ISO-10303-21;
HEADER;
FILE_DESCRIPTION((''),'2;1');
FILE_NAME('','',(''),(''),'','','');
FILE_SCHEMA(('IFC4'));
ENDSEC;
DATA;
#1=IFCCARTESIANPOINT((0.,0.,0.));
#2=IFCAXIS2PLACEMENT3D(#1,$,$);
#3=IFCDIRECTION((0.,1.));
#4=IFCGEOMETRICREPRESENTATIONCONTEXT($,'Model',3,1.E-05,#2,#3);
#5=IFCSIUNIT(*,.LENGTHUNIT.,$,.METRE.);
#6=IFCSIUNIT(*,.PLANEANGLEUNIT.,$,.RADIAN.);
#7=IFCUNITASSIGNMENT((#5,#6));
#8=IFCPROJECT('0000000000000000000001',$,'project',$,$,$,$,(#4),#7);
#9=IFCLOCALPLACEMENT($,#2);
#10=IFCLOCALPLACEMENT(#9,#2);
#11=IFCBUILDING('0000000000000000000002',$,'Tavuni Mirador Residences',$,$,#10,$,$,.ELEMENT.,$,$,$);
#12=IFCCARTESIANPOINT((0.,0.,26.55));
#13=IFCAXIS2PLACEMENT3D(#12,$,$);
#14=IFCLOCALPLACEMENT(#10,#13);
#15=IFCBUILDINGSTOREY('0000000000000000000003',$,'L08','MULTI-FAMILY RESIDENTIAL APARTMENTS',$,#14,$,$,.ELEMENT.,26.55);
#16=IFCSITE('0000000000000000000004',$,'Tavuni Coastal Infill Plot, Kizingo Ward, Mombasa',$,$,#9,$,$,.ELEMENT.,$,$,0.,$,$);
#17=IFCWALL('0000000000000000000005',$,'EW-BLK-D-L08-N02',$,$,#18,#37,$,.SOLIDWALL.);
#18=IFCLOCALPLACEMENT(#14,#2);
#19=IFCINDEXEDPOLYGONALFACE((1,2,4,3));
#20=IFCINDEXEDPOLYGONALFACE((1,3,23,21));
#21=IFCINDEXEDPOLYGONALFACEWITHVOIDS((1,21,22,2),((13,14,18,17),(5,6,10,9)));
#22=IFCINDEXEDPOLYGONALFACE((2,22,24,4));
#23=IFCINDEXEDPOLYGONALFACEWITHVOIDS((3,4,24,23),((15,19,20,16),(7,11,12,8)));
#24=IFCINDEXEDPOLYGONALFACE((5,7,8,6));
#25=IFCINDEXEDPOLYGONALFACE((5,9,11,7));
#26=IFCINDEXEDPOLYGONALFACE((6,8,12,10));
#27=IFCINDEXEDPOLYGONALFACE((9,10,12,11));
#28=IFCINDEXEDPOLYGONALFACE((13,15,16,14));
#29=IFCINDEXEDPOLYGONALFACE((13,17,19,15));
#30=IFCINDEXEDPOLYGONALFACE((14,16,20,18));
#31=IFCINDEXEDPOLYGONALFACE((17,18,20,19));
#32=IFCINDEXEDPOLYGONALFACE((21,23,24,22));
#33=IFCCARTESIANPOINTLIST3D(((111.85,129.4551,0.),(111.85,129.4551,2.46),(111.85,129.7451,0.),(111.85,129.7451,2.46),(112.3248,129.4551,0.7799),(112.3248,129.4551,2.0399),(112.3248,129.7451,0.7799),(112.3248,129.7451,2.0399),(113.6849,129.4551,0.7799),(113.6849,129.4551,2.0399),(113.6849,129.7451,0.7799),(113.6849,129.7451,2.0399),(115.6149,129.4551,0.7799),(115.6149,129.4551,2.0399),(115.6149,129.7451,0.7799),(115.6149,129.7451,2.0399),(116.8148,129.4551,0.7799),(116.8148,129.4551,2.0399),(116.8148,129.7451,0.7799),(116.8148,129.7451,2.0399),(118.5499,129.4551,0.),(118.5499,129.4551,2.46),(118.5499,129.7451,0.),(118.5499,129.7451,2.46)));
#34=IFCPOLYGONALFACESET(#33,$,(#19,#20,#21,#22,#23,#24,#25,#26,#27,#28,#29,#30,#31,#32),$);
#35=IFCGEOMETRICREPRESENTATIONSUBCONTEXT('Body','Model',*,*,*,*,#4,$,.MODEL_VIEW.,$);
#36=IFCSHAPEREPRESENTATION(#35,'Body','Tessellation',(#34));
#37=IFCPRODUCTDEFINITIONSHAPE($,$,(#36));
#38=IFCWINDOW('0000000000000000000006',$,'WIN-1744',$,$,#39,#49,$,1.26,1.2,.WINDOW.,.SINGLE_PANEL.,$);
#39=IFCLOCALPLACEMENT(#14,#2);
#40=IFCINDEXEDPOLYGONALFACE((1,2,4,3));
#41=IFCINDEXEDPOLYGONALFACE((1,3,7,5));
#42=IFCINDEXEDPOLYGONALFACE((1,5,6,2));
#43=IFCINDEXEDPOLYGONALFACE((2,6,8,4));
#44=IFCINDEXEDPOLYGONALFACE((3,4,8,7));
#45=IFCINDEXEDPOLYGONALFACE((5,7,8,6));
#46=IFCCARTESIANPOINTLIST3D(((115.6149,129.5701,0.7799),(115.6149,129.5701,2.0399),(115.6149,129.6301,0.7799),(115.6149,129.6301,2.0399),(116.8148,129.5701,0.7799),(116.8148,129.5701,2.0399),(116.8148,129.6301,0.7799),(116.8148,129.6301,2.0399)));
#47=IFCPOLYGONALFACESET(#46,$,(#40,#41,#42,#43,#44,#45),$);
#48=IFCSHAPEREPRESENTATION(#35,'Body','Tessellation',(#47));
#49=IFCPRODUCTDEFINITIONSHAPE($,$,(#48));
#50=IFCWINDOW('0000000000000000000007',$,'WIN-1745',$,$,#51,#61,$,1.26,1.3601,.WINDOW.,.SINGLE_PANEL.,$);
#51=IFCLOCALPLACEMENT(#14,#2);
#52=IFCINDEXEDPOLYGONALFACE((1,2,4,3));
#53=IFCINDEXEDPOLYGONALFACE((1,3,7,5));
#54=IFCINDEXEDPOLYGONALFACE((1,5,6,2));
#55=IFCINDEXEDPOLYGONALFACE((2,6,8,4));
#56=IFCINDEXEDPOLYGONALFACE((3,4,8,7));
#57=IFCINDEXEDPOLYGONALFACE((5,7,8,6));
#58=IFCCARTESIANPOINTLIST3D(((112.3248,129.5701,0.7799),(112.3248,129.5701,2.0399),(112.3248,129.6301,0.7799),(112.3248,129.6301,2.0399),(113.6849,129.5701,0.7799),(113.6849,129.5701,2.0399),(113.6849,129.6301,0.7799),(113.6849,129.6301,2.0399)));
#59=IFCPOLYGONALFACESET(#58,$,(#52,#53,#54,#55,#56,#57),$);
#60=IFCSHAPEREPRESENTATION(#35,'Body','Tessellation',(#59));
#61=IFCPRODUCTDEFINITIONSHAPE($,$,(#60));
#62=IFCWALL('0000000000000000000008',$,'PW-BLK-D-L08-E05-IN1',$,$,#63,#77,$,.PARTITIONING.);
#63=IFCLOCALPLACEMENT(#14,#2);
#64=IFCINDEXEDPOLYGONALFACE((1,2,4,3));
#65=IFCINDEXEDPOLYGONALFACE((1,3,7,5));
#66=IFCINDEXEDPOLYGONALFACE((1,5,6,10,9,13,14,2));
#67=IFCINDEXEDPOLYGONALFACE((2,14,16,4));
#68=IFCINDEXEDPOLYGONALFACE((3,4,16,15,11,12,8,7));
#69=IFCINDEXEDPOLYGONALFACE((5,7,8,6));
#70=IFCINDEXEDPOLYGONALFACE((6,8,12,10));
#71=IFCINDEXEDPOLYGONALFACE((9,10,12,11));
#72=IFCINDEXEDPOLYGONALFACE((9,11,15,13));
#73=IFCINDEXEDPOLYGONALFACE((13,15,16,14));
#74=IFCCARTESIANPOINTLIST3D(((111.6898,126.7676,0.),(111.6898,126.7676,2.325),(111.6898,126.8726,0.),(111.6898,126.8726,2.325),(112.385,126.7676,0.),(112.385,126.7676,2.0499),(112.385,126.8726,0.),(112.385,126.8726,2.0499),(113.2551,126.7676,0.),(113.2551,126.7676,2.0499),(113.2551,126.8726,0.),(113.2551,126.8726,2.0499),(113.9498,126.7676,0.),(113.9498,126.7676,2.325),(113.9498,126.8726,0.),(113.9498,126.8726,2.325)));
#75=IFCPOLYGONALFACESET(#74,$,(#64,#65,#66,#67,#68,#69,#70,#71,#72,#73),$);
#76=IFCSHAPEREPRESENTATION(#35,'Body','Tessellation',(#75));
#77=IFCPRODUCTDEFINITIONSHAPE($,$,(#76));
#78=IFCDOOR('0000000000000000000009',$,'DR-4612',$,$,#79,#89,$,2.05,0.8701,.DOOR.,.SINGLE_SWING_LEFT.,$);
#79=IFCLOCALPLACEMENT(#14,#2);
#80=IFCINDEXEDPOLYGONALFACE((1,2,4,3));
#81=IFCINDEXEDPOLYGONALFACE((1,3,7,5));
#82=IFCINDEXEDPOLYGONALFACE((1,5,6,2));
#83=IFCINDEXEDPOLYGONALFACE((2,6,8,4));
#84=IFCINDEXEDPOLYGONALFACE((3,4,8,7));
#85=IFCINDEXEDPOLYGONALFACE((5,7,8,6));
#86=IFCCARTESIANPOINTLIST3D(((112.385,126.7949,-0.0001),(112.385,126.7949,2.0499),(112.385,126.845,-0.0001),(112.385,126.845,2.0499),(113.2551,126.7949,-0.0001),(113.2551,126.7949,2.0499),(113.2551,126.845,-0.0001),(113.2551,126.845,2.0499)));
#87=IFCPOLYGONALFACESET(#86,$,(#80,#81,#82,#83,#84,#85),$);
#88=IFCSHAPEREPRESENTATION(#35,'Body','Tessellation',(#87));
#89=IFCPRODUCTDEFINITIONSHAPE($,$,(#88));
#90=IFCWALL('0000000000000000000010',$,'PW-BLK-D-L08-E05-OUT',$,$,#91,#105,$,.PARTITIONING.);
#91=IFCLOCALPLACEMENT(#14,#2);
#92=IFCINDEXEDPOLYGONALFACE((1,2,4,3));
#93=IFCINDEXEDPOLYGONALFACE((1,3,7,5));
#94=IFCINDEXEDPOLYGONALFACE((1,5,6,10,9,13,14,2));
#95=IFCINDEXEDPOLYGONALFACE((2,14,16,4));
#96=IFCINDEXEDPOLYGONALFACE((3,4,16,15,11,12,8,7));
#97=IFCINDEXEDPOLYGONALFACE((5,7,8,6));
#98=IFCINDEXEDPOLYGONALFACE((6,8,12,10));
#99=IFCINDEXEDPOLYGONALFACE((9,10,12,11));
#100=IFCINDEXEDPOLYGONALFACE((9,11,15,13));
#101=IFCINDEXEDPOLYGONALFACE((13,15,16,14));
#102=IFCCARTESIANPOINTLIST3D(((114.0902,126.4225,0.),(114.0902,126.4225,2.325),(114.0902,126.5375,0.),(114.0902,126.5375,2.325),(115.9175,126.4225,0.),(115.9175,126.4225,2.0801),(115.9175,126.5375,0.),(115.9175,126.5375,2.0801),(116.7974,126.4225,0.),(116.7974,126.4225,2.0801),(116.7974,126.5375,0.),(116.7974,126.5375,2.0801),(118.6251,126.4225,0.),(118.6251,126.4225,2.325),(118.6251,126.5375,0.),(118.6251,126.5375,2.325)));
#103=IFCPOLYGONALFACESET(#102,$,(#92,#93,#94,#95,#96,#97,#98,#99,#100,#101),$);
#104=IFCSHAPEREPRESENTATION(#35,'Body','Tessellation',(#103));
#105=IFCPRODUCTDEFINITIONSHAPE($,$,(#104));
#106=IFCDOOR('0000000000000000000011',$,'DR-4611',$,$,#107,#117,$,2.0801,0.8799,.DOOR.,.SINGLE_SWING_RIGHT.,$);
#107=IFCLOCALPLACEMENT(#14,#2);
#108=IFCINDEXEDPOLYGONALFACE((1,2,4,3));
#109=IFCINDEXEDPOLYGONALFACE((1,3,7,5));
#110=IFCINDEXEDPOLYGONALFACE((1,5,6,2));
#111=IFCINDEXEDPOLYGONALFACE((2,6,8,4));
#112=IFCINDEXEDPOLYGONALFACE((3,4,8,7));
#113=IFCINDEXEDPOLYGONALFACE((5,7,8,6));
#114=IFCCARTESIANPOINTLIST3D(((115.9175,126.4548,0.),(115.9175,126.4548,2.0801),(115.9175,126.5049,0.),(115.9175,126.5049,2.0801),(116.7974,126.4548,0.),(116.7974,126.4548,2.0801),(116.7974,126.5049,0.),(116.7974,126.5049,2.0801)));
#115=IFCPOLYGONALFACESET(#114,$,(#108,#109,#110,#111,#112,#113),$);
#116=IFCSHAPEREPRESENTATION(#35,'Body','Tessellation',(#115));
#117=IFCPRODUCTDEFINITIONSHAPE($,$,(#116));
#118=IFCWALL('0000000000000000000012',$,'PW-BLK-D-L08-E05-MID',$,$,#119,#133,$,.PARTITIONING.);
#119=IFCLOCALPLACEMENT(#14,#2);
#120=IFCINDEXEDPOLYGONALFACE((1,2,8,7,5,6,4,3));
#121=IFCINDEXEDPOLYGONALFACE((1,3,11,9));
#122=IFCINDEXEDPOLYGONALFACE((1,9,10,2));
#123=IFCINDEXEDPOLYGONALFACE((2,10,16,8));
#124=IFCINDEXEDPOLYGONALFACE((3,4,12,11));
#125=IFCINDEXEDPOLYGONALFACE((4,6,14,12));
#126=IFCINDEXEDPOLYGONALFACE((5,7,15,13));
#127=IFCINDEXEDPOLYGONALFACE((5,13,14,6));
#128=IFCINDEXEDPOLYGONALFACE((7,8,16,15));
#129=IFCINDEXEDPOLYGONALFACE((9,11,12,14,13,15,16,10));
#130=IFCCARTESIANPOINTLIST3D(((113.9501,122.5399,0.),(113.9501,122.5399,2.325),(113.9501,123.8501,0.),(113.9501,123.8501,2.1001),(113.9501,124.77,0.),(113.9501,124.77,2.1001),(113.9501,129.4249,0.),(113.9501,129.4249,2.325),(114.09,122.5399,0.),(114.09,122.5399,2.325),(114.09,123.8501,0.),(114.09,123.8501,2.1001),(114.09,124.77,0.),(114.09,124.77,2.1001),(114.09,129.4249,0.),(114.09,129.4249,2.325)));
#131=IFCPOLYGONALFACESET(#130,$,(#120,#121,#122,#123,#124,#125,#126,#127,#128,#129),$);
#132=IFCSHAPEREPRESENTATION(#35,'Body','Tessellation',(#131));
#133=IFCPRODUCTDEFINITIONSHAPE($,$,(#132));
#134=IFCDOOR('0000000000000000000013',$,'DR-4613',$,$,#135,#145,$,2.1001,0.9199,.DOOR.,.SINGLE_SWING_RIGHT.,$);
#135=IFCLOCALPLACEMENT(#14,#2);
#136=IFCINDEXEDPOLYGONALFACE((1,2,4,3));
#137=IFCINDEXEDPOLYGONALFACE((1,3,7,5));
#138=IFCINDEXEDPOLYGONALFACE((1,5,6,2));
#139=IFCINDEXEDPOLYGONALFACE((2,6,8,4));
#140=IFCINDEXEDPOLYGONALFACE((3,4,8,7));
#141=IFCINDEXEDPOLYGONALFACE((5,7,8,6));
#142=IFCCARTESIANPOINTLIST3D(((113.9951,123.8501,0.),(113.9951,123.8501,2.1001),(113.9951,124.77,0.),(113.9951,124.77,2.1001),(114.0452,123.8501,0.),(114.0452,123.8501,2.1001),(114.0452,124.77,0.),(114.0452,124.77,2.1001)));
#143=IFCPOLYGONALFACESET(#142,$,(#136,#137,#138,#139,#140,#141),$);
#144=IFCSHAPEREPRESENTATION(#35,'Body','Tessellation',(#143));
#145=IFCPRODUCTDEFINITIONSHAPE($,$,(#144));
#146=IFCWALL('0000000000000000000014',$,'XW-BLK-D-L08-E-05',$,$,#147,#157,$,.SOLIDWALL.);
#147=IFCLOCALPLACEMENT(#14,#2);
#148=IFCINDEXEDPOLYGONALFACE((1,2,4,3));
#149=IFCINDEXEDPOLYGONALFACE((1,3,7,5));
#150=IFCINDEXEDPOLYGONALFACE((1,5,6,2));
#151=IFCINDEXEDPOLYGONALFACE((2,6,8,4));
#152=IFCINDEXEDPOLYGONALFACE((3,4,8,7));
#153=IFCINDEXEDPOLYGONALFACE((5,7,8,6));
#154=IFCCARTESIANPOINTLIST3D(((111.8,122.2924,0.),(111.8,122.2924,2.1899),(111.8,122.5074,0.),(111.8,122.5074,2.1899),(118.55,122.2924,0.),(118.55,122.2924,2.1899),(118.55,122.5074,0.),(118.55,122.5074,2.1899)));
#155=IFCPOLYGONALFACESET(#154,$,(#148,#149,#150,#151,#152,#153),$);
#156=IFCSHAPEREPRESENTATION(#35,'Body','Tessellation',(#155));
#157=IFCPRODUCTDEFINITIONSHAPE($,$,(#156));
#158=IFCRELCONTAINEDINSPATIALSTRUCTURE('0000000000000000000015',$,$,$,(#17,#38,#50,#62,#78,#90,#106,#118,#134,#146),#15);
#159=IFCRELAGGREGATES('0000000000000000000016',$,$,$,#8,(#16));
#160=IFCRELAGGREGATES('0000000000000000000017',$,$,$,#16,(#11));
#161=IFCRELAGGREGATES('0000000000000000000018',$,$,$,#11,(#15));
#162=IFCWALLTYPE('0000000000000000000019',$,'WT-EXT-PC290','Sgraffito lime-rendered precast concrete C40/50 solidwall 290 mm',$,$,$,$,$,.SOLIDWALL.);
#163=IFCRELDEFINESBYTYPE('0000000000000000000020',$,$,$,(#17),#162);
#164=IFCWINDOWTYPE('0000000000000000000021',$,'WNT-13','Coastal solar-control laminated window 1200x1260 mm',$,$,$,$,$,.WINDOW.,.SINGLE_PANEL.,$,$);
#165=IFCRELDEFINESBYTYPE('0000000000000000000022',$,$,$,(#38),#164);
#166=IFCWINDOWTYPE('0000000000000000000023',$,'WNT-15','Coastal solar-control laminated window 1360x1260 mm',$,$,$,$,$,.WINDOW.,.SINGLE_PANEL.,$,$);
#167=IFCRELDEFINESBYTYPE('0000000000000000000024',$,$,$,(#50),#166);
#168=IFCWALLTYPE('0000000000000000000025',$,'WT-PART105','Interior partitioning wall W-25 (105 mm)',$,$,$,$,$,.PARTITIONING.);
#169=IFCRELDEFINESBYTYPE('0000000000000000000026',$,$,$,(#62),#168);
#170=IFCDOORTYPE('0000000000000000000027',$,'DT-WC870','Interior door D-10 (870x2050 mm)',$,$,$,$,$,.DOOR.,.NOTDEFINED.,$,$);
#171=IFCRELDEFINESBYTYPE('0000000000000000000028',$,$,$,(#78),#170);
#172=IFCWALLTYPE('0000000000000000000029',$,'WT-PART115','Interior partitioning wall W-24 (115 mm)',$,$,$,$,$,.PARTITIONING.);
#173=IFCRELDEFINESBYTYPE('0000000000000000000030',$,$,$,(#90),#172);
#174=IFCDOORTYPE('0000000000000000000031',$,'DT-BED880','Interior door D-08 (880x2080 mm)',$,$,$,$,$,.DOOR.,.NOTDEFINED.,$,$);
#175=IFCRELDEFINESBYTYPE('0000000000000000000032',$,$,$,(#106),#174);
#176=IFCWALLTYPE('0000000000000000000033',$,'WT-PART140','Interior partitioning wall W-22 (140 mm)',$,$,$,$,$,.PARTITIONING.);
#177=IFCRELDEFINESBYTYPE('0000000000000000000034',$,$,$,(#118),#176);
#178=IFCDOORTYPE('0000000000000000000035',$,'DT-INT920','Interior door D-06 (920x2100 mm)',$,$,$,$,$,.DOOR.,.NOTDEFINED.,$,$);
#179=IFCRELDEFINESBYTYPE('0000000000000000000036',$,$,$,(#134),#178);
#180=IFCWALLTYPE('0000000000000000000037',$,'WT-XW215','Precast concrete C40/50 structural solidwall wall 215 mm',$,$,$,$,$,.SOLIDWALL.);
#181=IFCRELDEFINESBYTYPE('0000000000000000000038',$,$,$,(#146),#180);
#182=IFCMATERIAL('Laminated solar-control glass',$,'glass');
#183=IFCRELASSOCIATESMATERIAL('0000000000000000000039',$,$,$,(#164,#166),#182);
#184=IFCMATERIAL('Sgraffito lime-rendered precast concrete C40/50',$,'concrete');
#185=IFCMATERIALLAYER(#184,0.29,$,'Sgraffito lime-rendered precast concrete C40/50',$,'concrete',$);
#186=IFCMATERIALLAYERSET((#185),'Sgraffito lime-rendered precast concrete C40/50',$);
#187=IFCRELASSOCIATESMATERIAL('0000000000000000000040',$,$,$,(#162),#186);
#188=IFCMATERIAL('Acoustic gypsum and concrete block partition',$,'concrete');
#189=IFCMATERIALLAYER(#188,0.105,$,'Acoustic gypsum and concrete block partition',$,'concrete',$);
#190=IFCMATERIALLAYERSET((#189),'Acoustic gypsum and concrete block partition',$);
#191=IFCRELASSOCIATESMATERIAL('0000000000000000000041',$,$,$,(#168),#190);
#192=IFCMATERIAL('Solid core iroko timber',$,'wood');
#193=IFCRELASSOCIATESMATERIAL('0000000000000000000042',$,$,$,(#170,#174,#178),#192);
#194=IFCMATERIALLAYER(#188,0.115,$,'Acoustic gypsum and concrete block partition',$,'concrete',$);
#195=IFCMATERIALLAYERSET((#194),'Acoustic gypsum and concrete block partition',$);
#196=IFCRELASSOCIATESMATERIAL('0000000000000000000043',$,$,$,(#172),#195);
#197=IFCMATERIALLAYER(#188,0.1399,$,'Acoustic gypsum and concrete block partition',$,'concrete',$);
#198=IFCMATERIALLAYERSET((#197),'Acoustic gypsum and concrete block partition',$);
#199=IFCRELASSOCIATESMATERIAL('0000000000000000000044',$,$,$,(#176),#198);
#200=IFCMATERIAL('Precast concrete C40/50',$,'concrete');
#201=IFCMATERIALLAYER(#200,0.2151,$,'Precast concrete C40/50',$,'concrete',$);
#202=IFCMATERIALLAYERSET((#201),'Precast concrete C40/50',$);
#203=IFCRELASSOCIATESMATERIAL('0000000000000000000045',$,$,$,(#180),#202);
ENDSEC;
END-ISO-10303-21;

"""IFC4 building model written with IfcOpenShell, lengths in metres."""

from ifc_helpers import new_model, si_unit, direction, frame, frame_2d, origin, place, context, subcontext, project, spatial, rectangle, extrude, material, layer, layer_set, type_object, element, fill, save


model = new_model("IFC4")

# Units and contexts
model_context = context("Model", 3, precision=1e-05, world=origin(), true_north=direction((0.0, 1.0)))
body_context = subcontext(model_context, "Body", "Model", "MODEL_VIEW")
ifc_project = project(units=[si_unit("LENGTHUNIT", "METRE"), si_unit("PLANEANGLEUNIT", "RADIAN")], contexts=[model_context])

# Site, building, storey
site_placement = place(None, origin())
site = spatial("IfcSite", under=ifc_project, at=site_placement, Name="Tavuni Coastal Infill Plot, Kizingo Ward, Mombasa", CompositionType="ELEMENT", RefElevation=0.0)
building_placement = place(site_placement, origin())
building = spatial("IfcBuilding", under=site, at=building_placement, Name="Tavuni Mirador Residences", CompositionType="ELEMENT")
storey_placement = place(building_placement, frame((0.0, 0.0, 26.55)))
storey = spatial("IfcBuildingStorey", under=building, at=storey_placement, Name="L08", Description="MULTI-FAMILY RESIDENTIAL APARTMENTS", CompositionType="ELEMENT", Elevation=26.55)

# Shared definitions
ifc_material_1 = material(Name="Precast concrete C40/50", Category="concrete")

# Shared definitions
ifc_material_2 = material(Name="Solid core iroko timber", Category="wood")

# Wall, openings, windows
ifc_material_3 = material(Name="Sgraffito lime-rendered precast concrete C40/50", Category="concrete")
ifc_material_4 = material(Name="Laminated solar-control glass", Category="glass")
window_type_1 = type_object("IfcWindowType", Name="WNT-13", Description="Coastal solar-control laminated window 1200x1260 mm", PartitioningType="SINGLE_PANEL", PredefinedType="WINDOW", material=ifc_material_4)
ifc_layer_1 = layer(ifc_material_3, 0.29, Name="Sgraffito lime-rendered precast concrete C40/50", Category="concrete")
ifc_layer_set_1 = layer_set([ifc_layer_1], Name="Sgraffito lime-rendered precast concrete C40/50")
wall_type_1 = type_object("IfcWallType", Name="WT-EXT-PC290", Description="Sgraffito lime-rendered precast concrete C40/50 solidwall 290 mm", PredefinedType="SOLIDWALL", material=ifc_layer_set_1)
wall_1_placement = place(storey_placement, frame((118.55, 129.6001, 0.0), z_axis=(0.0, 0.0, 1.0), x_axis=(-1.0, 0.0, 0.0)))
wall_1 = element("IfcWall", 1, at=wall_1_placement, inside=storey, type_object=wall_type_1, Name="EW-BLK-D-L08-N02", PredefinedType="SOLIDWALL", context=body_context, shape_type="SweptSolid", body=[
    extrude(rectangle(XDim=6.7, YDim=0.29, at=frame_2d((3.3501, 0.0))), origin(), (0.0, 0.0, 1.0), 2.46),
])
opening_1_placement = place(wall_1_placement, frame((1.7351, 0.0, 0.78)))
opening_1 = element("IfcOpeningElement", 2, at=opening_1_placement, cuts=wall_1, PredefinedType="OPENING", context=body_context, shape_type="SweptSolid", body=[
    extrude(rectangle(XDim=1.2, YDim=1.26, at=frame_2d((0.6001, 0.6299))), frame((0.0, 0.155, 0.0), z_axis=(0.0, -1.0, 0.0), x_axis=(1.0, 0.0, 0.0)), (0.0, 0.0, 1.0), 0.3101),
])
opening_2_placement = place(wall_1_placement, frame((4.865, 0.0, 0.78)))
opening_2 = element("IfcOpeningElement", 3, at=opening_2_placement, cuts=wall_1, PredefinedType="OPENING", context=body_context, shape_type="SweptSolid", body=[
    extrude(rectangle(XDim=1.3601, YDim=1.26, at=frame_2d((0.6802, 0.6299))), frame((0.0, 0.155, 0.0), z_axis=(0.0, -1.0, 0.0), x_axis=(1.0, 0.0, 0.0)), (0.0, 0.0, 1.0), 0.3101),
])
window_1_placement = place(opening_1_placement, origin())
window_1 = element("IfcWindow", 4, at=window_1_placement, inside=storey, type_object=window_type_1, Name="WIN-1744", OverallHeight=1.26, OverallWidth=1.2, PartitioningType="SINGLE_PANEL", PredefinedType="WINDOW", context=body_context, shape_type="SweptSolid", body=[
    extrude(rectangle(XDim=1.2, YDim=1.26, at=frame_2d((0.6001, 0.6299))), frame((0.0, 0.03, 0.0), z_axis=(0.0, -1.0, 0.0), x_axis=(1.0, 0.0, 0.0)), (0.0, 0.0, 1.0), 0.0601),
])
fill(opening_1, window_1)
window_type_2 = type_object("IfcWindowType", Name="WNT-15", Description="Coastal solar-control laminated window 1360x1260 mm", PartitioningType="SINGLE_PANEL", PredefinedType="WINDOW", material=ifc_material_4)
window_2_placement = place(opening_2_placement, origin())
window_2 = element("IfcWindow", 5, at=window_2_placement, inside=storey, type_object=window_type_2, Name="WIN-1745", OverallHeight=1.26, OverallWidth=1.3601, PartitioningType="SINGLE_PANEL", PredefinedType="WINDOW", context=body_context, shape_type="SweptSolid", body=[
    extrude(rectangle(XDim=1.3601, YDim=1.26, at=frame_2d((0.6802, 0.6299))), frame((0.0, 0.03, 0.0), z_axis=(0.0, -1.0, 0.0), x_axis=(1.0, 0.0, 0.0)), (0.0, 0.0, 1.0), 0.0601),
])
fill(opening_2, window_2)

# Walls, openings, doors
ifc_material_5 = material(Name="Acoustic gypsum and concrete block partition", Category="concrete")
ifc_layer_2 = layer(ifc_material_5, 0.105, Name="Acoustic gypsum and concrete block partition", Category="concrete")
ifc_layer_set_2 = layer_set([ifc_layer_2], Name="Acoustic gypsum and concrete block partition")
wall_type_2 = type_object("IfcWallType", Name="WT-PART105", Description="Interior partitioning wall W-25 (105 mm)", PredefinedType="PARTITIONING", material=ifc_layer_set_2)
wall_2_placement = place(storey_placement, frame((111.6899, 126.8201, 0.0), z_axis=(0.0, 0.0, 1.0), x_axis=(1.0, 0.0, 0.0)))
wall_2 = element("IfcWall", 6, at=wall_2_placement, inside=storey, type_object=wall_type_2, Name="PW-BLK-D-L08-E05-IN1", PredefinedType="PARTITIONING", context=body_context, shape_type="SweptSolid", body=[
    extrude(rectangle(XDim=2.26, YDim=0.105, at=frame_2d((1.1299, 0.0))), origin(), (0.0, 0.0, 1.0), 2.325),
])
opening_3_placement = place(wall_2_placement, frame((0.6951, 0.0, 0.0)))
opening_3 = element("IfcOpeningElement", 7, at=opening_3_placement, cuts=wall_2, PredefinedType="OPENING", context=body_context, shape_type="SweptSolid", body=[
    extrude(rectangle(XDim=0.8701, YDim=2.05, at=frame_2d((0.4351, 1.0249))), frame((0.0, 0.0625, 0.0), z_axis=(0.0, -1.0, 0.0), x_axis=(1.0, 0.0, 0.0)), (0.0, 0.0, 1.0), 0.125),
])
door_type_1 = type_object("IfcDoorType", Name="DT-WC870", Description="Interior door D-10 (870x2050 mm)", OperationType="NOTDEFINED", PredefinedType="DOOR", material=ifc_material_2)
door_1_placement = place(opening_3_placement, origin())
door_1 = element("IfcDoor", 8, at=door_1_placement, inside=storey, type_object=door_type_1, Name="DR-4612", OperationType="SINGLE_SWING_LEFT", OverallHeight=2.05, OverallWidth=0.8701, PredefinedType="DOOR", context=body_context, shape_type="SweptSolid", body=[
    extrude(rectangle(XDim=0.8701, YDim=2.05, at=frame_2d((0.4351, 1.0249))), frame((0.0, 0.0249, 0.0), z_axis=(0.0, -1.0, 0.0), x_axis=(1.0, 0.0, 0.0)), (0.0, 0.0, 1.0), 0.05),
])
fill(opening_3, door_1)
ifc_layer_3 = layer(ifc_material_5, 0.115, Name="Acoustic gypsum and concrete block partition", Category="concrete")
ifc_layer_set_3 = layer_set([ifc_layer_3], Name="Acoustic gypsum and concrete block partition")
wall_type_3 = type_object("IfcWallType", Name="WT-PART115", Description="Interior partitioning wall W-24 (115 mm)", PredefinedType="PARTITIONING", material=ifc_layer_set_3)
wall_3_placement = place(storey_placement, frame((114.0901, 126.48, 0.0), z_axis=(0.0, 0.0, 1.0), x_axis=(1.0, 0.0, 0.0)))
wall_3 = element("IfcWall", 9, at=wall_3_placement, inside=storey, type_object=wall_type_3, Name="PW-BLK-D-L08-E05-OUT", PredefinedType="PARTITIONING", context=body_context, shape_type="SweptSolid", body=[
    extrude(rectangle(XDim=4.5349, YDim=0.115, at=frame_2d((2.2676, 0.0))), origin(), (0.0, 0.0, 1.0), 2.325),
])
opening_4_placement = place(wall_3_placement, frame((1.8274, 0.0, 0.0)))
opening_4 = element("IfcOpeningElement", 10, at=opening_4_placement, cuts=wall_3, PredefinedType="OPENING", context=body_context, shape_type="SweptSolid", body=[
    extrude(rectangle(XDim=0.8799, YDim=2.0801, at=frame_2d((0.4399, 1.04))), frame((0.0, 0.0674, 0.0), z_axis=(0.0, -1.0, 0.0), x_axis=(1.0, 0.0, 0.0)), (0.0, 0.0, 1.0), 0.135),
])
door_type_2 = type_object("IfcDoorType", Name="DT-BED880", Description="Interior door D-08 (880x2080 mm)", OperationType="NOTDEFINED", PredefinedType="DOOR", material=ifc_material_2)
door_2_placement = place(opening_4_placement, origin())
door_2 = element("IfcDoor", 11, at=door_2_placement, inside=storey, type_object=door_type_2, Name="DR-4611", OperationType="SINGLE_SWING_RIGHT", OverallHeight=2.0801, OverallWidth=0.8799, PredefinedType="DOOR", context=body_context, shape_type="SweptSolid", body=[
    extrude(rectangle(XDim=0.8799, YDim=2.0801, at=frame_2d((0.4399, 1.04))), frame((0.0, 0.0249, 0.0), z_axis=(0.0, -1.0, 0.0), x_axis=(1.0, 0.0, 0.0)), (0.0, 0.0, 1.0), 0.05),
])
fill(opening_4, door_2)
ifc_layer_4 = layer(ifc_material_5, 0.1399, Name="Acoustic gypsum and concrete block partition", Category="concrete")
ifc_layer_set_4 = layer_set([ifc_layer_4], Name="Acoustic gypsum and concrete block partition")
wall_type_4 = type_object("IfcWallType", Name="WT-PART140", Description="Interior partitioning wall W-22 (140 mm)", PredefinedType="PARTITIONING", material=ifc_layer_set_4)
wall_4_placement = place(storey_placement, frame((114.02, 122.54, 0.0), z_axis=(0.0, 0.0, 1.0), x_axis=(0.0, 1.0, 0.0)))
wall_4 = element("IfcWall", 12, at=wall_4_placement, inside=storey, type_object=wall_type_4, Name="PW-BLK-D-L08-E05-MID", PredefinedType="PARTITIONING", context=body_context, shape_type="SweptSolid", body=[
    extrude(rectangle(XDim=6.885, YDim=0.1399, at=frame_2d((3.4424, 0.0))), origin(), (0.0, 0.0, 1.0), 2.325),
])
opening_5_placement = place(wall_4_placement, frame((1.3101, 0.0, 0.0)))
opening_5 = element("IfcOpeningElement", 13, at=opening_5_placement, cuts=wall_4, PredefinedType="OPENING", context=body_context, shape_type="SweptSolid", body=[
    extrude(rectangle(XDim=0.9199, YDim=2.1001, at=frame_2d((0.46, 1.05))), frame((0.0, 0.0801, 0.0), z_axis=(0.0, -1.0, 0.0), x_axis=(1.0, 0.0, 0.0)), (0.0, 0.0, 1.0), 0.1599),
])
door_type_3 = type_object("IfcDoorType", Name="DT-INT920", Description="Interior door D-06 (920x2100 mm)", OperationType="NOTDEFINED", PredefinedType="DOOR", material=ifc_material_2)
door_3_placement = place(opening_5_placement, origin())
door_3 = element("IfcDoor", 14, at=door_3_placement, inside=storey, type_object=door_type_3, Name="DR-4613", OperationType="SINGLE_SWING_RIGHT", OverallHeight=2.1001, OverallWidth=0.9199, PredefinedType="DOOR", context=body_context, shape_type="SweptSolid", body=[
    extrude(rectangle(XDim=0.9199, YDim=2.1001, at=frame_2d((0.46, 1.05))), frame((0.0, 0.0249, 0.0), z_axis=(0.0, -1.0, 0.0), x_axis=(1.0, 0.0, 0.0)), (0.0, 0.0, 1.0), 0.05),
])
fill(opening_5, door_3)

# Wall
ifc_layer_5 = layer(ifc_material_1, 0.2151, Name="Precast concrete C40/50", Category="concrete")
ifc_layer_set_5 = layer_set([ifc_layer_5], Name="Precast concrete C40/50")
wall_type_5 = type_object("IfcWallType", Name="WT-XW215", Description="Precast concrete C40/50 structural solidwall wall 215 mm", PredefinedType="SOLIDWALL", material=ifc_layer_set_5)
wall_5_placement = place(storey_placement, frame((111.8, 122.3999, 0.0), z_axis=(0.0, 0.0, 1.0), x_axis=(1.0, 0.0, 0.0)))
element("IfcWall", 15, at=wall_5_placement, inside=storey, type_object=wall_type_5, Name="XW-BLK-D-L08-E-05", PredefinedType="SOLIDWALL", context=body_context, shape_type="SweptSolid", body=[
    extrude(rectangle(XDim=6.75, YDim=0.2151, at=frame_2d((3.375, 0.0))), origin(), (0.0, 0.0, 1.0), 2.1899),
])

save(model, "model.ifc")
